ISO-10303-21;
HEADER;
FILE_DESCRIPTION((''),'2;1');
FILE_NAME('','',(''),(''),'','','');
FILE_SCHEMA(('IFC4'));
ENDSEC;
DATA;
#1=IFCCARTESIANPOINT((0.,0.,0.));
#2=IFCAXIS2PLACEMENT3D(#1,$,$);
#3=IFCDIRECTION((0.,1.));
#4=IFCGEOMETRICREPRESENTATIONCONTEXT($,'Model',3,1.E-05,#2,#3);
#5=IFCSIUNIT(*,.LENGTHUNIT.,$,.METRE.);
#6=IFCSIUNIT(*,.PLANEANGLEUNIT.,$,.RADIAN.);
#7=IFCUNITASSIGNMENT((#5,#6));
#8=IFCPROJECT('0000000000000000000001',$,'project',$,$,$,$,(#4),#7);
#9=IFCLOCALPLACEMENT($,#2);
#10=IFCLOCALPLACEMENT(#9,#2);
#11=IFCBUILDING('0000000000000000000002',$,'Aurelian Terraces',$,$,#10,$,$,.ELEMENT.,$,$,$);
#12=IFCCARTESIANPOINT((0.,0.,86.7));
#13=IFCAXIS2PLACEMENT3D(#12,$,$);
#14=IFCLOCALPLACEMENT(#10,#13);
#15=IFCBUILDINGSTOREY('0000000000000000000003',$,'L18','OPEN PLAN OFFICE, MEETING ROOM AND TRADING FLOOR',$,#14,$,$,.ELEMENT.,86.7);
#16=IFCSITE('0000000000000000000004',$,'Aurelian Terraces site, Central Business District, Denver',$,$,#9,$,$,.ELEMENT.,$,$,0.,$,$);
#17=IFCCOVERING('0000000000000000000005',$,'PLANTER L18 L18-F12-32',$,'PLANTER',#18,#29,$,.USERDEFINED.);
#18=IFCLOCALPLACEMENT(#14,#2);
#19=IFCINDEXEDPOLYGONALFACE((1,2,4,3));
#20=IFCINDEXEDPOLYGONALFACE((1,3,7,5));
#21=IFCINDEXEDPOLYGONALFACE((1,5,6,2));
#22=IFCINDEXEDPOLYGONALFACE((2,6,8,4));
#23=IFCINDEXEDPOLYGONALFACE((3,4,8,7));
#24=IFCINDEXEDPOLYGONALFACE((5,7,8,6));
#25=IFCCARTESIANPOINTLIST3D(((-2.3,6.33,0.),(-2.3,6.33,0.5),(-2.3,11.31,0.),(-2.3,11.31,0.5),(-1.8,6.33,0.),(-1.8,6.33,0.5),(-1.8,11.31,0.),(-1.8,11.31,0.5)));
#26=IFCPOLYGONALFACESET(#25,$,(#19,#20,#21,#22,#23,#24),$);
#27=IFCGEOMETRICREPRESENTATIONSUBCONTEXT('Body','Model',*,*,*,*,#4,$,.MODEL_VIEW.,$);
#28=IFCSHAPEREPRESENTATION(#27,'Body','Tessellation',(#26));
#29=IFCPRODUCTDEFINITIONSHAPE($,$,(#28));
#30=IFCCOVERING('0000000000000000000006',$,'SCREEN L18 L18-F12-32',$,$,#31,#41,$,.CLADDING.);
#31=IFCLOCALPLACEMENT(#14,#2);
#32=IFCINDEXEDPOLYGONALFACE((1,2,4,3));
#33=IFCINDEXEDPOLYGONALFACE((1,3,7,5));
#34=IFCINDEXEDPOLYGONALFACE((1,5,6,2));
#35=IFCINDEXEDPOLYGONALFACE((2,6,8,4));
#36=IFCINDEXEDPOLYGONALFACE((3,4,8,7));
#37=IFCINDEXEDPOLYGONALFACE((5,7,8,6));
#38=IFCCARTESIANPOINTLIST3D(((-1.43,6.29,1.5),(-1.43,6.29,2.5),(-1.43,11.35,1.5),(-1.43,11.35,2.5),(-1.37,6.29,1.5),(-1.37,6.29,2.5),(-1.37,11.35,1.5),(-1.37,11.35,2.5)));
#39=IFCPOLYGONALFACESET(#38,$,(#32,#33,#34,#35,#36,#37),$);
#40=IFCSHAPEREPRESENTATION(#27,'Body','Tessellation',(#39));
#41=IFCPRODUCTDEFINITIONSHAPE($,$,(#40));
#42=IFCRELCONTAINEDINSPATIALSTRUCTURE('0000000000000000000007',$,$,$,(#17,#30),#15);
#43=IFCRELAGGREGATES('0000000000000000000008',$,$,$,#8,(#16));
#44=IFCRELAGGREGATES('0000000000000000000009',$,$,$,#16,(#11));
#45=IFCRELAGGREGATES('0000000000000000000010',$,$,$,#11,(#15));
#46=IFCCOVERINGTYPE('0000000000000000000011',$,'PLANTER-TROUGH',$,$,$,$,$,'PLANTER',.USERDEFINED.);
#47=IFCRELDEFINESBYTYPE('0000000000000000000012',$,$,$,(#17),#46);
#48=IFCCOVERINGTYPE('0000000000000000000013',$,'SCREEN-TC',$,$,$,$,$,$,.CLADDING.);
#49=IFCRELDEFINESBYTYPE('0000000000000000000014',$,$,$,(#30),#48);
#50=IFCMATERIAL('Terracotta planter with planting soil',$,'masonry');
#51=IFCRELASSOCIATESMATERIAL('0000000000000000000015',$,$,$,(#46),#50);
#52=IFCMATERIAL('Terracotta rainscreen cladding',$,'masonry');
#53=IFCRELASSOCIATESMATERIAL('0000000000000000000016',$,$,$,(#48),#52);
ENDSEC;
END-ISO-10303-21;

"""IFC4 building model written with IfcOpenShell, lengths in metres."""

from ifc_helpers import new_model, si_unit, direction, frame, origin, origin_2d, place, context, subcontext, project, spatial, rectangle, extrude, source, transform, mapped, material, type_object, element, save


model = new_model("IFC4")

# Units and contexts
model_context = context("Model", 3, precision=1e-05, world=origin(), true_north=direction((0.0, 1.0)))
body_context = subcontext(model_context, "Body", "Model", "MODEL_VIEW")
ifc_project = project(units=[si_unit("LENGTHUNIT", "METRE"), si_unit("PLANEANGLEUNIT", "RADIAN")], contexts=[model_context])

# Site, building, storey
site_placement = place(None, origin())
site = spatial("IfcSite", under=ifc_project, at=site_placement, Name="Aurelian Terraces site, Central Business District, Denver", CompositionType="ELEMENT", RefElevation=0.0)
building_placement = place(site_placement, origin())
building = spatial("IfcBuilding", under=site, at=building_placement, Name="Aurelian Terraces", CompositionType="ELEMENT")
storey_placement = place(building_placement, frame((0.0, 0.0, 86.7)))
storey = spatial("IfcBuildingStorey", under=building, at=storey_placement, Name="L18", Description="OPEN PLAN OFFICE, MEETING ROOM AND TRADING FLOOR", CompositionType="ELEMENT", Elevation=86.7)

# Shared definitions
ifc_material_1 = material(Name="Terracotta rainscreen cladding", Category="masonry")

# Coverings
ifc_material_2 = material(Name="Terracotta planter with planting soil", Category="masonry")
covering_type_1 = type_object("IfcCoveringType", Name="PLANTER-TROUGH", ElementType="PLANTER", PredefinedType="USERDEFINED", material=ifc_material_2)
shared_shape_1 = source(origin(), body_context, "Body", "SweptSolid", [
    extrude(rectangle(XDim=0.5, YDim=4.98, at=origin_2d()), origin(), (0.0, 0.0, 1.0), 0.5),
])
covering_1_placement = place(storey_placement, frame((-2.05, 8.82, 0.0), z_axis=(0.0, 0.0, 1.0), x_axis=(1.0, 0.0, 0.0)))
element("IfcCovering", 1, at=covering_1_placement, inside=storey, type_object=covering_type_1, Name="PLANTER L18 L18-F12-32", ObjectType="PLANTER", PredefinedType="USERDEFINED", context=body_context, shape_type="MappedRepresentation", body=[
    mapped(shared_shape_1, transform((0.0, 0.0, 0.0), scale=1.0)),
])
covering_type_2 = type_object("IfcCoveringType", Name="SCREEN-TC", PredefinedType="CLADDING", material=ifc_material_1)
shared_shape_2 = source(origin(), body_context, "Body", "SweptSolid", [
    extrude(rectangle(XDim=0.06, YDim=5.06, at=origin_2d()), origin(), (0.0, 0.0, 1.0), 1.0),
])
covering_2_placement = place(storey_placement, frame((-1.4, 8.82, 1.5), z_axis=(0.0, 0.0, 1.0), x_axis=(1.0, 0.0, 0.0)))
element("IfcCovering", 2, at=covering_2_placement, inside=storey, type_object=covering_type_2, Name="SCREEN L18 L18-F12-32", PredefinedType="CLADDING", context=body_context, shape_type="MappedRepresentation", body=[
    mapped(shared_shape_2, transform((0.0, 0.0, 0.0), scale=1.0)),
])

save(model, "model.ifc")
